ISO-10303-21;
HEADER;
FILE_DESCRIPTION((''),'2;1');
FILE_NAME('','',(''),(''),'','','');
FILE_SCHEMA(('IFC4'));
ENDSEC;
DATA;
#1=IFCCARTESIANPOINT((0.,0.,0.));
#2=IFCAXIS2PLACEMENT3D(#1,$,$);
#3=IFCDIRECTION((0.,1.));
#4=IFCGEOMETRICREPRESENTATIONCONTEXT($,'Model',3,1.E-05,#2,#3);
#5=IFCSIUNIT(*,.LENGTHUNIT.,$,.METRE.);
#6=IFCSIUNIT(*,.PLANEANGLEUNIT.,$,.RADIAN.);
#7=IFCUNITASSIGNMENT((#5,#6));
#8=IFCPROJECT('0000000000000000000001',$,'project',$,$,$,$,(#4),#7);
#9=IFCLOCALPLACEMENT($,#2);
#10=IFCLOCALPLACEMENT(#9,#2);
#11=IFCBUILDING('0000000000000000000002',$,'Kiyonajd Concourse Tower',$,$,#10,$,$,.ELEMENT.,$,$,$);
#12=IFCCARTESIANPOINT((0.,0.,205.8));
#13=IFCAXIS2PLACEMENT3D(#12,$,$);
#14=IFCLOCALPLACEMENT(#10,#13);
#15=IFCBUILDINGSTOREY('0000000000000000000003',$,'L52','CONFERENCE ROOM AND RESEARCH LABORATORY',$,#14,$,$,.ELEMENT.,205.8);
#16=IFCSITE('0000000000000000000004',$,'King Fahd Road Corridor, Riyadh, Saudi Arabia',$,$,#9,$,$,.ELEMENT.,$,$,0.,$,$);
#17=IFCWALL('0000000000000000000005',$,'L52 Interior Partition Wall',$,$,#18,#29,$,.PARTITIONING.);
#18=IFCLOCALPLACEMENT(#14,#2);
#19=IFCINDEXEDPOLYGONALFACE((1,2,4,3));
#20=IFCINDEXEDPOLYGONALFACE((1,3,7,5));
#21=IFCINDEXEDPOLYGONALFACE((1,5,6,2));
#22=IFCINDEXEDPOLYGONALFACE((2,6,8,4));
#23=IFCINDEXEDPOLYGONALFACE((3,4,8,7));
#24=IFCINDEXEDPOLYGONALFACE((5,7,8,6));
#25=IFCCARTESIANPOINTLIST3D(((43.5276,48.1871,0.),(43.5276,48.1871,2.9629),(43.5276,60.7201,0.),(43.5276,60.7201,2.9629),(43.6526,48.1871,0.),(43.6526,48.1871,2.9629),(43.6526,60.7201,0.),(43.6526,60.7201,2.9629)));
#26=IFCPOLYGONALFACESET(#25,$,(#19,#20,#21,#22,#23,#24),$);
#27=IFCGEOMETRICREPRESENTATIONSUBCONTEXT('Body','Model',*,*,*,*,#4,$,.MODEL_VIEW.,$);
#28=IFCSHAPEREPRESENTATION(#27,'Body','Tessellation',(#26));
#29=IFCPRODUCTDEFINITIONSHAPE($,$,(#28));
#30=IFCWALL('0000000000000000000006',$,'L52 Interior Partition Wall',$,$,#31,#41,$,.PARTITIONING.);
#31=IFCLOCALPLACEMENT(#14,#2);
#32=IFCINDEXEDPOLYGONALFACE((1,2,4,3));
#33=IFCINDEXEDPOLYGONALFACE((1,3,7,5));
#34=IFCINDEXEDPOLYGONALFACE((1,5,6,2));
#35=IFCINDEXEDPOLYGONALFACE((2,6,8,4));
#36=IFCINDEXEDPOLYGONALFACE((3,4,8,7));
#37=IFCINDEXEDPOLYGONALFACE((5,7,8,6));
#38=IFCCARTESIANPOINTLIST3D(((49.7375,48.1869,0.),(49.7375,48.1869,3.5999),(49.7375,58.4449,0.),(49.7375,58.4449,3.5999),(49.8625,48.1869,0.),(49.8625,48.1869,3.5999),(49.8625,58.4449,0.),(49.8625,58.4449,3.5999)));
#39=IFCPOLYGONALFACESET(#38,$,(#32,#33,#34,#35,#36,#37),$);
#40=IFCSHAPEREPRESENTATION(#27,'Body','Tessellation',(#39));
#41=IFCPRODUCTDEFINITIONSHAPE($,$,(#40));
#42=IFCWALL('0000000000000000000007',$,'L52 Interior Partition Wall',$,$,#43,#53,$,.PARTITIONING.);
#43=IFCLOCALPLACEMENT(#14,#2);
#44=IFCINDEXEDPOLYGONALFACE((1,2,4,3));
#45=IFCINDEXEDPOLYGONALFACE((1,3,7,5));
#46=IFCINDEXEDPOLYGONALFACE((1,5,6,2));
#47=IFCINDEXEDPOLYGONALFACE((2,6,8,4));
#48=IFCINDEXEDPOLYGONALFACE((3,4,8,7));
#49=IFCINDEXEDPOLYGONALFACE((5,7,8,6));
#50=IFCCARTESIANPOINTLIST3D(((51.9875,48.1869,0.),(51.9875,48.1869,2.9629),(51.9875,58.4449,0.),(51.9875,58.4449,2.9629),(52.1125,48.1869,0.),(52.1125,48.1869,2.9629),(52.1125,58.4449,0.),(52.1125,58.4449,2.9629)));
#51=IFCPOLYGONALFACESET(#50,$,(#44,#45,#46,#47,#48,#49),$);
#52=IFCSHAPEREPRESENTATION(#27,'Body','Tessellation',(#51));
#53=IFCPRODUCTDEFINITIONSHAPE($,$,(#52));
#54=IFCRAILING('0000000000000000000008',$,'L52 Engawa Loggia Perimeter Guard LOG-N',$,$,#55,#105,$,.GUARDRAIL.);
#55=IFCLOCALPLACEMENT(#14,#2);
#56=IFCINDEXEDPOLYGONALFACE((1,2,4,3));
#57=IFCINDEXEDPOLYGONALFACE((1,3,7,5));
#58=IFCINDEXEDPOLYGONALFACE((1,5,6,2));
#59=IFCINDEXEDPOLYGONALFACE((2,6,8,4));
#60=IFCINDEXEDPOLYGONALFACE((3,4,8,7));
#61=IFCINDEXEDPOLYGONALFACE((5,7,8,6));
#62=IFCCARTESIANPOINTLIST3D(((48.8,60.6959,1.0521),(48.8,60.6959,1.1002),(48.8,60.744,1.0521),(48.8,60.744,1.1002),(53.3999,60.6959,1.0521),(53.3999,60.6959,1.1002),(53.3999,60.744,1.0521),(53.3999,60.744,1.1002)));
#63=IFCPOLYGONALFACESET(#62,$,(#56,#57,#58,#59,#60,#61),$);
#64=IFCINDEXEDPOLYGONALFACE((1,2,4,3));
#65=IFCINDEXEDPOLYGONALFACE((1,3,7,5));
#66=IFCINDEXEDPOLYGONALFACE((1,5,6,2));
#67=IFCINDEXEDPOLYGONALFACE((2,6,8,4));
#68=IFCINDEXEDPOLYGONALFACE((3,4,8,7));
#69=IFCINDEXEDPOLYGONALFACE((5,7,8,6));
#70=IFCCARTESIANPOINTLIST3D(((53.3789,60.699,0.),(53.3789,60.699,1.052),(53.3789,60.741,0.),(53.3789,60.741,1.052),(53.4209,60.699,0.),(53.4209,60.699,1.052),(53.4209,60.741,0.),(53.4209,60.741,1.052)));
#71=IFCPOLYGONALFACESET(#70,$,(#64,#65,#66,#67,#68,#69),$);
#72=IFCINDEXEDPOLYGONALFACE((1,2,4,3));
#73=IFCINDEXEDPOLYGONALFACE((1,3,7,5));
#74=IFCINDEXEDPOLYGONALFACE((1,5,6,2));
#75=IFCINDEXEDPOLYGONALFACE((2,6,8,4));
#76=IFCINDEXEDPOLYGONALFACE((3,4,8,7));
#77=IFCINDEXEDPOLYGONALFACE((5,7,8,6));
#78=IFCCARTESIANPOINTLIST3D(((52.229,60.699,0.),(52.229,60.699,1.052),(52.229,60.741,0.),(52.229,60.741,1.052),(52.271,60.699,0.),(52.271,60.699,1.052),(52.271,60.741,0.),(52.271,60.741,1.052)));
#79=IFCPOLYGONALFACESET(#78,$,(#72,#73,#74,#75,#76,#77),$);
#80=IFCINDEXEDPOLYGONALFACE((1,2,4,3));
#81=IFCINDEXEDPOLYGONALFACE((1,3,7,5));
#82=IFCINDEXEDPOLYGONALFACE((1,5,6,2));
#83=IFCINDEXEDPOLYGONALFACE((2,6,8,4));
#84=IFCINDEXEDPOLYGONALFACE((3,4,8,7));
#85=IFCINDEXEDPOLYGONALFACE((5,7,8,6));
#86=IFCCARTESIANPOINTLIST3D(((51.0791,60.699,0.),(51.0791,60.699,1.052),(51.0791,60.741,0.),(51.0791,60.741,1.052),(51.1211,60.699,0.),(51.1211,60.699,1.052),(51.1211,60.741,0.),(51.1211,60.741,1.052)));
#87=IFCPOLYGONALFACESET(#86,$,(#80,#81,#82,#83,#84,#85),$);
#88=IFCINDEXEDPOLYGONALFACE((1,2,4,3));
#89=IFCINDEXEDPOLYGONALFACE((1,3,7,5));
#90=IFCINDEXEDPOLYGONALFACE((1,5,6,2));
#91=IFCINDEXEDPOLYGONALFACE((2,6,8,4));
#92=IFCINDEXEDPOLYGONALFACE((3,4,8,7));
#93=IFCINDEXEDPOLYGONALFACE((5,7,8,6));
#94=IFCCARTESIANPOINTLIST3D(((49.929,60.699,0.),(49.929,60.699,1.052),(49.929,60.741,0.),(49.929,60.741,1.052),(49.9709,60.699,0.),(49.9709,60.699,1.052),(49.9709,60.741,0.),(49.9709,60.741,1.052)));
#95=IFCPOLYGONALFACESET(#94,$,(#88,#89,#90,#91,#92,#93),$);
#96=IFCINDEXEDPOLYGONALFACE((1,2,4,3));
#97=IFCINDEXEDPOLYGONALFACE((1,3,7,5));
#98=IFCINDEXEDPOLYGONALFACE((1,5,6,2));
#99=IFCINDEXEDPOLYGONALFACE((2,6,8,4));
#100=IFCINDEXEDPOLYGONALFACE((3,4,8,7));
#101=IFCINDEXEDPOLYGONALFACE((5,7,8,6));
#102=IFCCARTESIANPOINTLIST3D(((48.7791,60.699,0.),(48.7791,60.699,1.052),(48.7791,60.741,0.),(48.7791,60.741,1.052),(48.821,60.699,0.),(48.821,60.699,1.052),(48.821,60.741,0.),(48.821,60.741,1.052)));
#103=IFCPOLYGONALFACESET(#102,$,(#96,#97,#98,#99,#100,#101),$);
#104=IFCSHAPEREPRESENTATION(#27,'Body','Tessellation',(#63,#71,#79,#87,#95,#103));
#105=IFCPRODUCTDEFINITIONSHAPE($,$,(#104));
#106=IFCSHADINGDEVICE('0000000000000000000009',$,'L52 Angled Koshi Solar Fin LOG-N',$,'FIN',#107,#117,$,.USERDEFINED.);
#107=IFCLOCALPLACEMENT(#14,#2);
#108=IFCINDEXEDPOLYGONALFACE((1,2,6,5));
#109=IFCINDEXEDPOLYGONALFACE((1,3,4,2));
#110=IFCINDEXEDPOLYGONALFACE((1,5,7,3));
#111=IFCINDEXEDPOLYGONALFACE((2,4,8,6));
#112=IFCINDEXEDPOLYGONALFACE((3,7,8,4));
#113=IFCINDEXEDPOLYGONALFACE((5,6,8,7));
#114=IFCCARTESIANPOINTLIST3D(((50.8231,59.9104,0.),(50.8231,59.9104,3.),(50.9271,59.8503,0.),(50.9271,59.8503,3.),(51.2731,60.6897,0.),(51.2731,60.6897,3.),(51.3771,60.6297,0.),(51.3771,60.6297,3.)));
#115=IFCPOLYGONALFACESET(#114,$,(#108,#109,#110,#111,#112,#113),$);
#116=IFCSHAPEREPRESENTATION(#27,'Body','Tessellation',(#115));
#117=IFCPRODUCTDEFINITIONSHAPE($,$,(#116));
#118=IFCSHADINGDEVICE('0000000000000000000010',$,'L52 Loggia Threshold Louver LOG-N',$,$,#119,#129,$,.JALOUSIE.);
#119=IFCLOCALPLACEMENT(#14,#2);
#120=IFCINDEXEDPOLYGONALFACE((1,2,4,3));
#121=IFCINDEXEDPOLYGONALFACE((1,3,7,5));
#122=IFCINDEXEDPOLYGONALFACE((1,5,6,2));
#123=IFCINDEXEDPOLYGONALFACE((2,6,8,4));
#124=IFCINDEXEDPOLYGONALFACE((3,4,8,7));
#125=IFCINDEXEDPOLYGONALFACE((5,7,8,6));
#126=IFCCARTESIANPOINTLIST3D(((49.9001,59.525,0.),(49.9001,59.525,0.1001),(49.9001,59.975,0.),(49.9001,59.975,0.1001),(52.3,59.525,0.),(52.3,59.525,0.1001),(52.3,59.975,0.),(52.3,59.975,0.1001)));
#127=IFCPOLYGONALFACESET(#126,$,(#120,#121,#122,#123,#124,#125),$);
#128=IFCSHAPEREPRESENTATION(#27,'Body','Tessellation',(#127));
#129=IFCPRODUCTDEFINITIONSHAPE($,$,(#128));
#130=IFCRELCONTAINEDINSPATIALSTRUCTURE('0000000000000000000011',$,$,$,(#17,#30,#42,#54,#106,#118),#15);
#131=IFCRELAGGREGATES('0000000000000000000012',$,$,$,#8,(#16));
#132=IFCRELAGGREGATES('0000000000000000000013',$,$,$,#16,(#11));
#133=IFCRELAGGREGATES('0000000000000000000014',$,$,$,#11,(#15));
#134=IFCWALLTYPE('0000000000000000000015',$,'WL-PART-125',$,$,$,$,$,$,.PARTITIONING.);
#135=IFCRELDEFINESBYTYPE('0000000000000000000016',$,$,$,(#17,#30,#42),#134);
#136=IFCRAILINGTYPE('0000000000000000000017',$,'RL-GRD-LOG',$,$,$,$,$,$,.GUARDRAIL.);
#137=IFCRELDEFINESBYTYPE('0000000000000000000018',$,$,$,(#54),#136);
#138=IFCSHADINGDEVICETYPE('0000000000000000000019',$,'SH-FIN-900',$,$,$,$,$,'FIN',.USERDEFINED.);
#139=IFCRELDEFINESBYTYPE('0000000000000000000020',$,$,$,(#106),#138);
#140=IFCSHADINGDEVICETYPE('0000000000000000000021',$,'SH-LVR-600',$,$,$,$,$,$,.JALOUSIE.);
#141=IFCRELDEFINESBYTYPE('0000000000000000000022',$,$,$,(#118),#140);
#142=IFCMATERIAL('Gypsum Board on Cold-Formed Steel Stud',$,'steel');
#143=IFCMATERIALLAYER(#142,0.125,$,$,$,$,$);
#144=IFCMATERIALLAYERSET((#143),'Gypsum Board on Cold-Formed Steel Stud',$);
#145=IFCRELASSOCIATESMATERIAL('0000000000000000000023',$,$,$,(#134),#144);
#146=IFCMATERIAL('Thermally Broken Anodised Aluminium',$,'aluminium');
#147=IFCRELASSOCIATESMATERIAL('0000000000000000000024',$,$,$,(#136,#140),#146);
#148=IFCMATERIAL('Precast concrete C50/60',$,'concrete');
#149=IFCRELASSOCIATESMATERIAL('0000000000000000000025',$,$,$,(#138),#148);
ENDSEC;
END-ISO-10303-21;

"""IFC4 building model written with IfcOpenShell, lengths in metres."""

from ifc_helpers import new_model, si_unit, direction, frame, frame_2d, origin, origin_2d, place, context, subcontext, project, spatial, rectangle, extrude, material, layer, layer_set, type_object, element, save


model = new_model("IFC4")

# Units and contexts
model_context = context("Model", 3, precision=1e-05, world=origin(), true_north=direction((0.0, 1.0)))
body_context = subcontext(model_context, "Body", "Model", "MODEL_VIEW")
ifc_project = project(units=[si_unit("LENGTHUNIT", "METRE"), si_unit("PLANEANGLEUNIT", "RADIAN")], contexts=[model_context])

# Site, building, storey
site_placement = place(None, origin())
site = spatial("IfcSite", under=ifc_project, at=site_placement, Name="King Fahd Road Corridor, Riyadh, Saudi Arabia", CompositionType="ELEMENT", RefElevation=0.0)
building_placement = place(site_placement, origin())
building = spatial("IfcBuilding", under=site, at=building_placement, Name="Kiyonajd Concourse Tower", CompositionType="ELEMENT")
storey_placement = place(building_placement, frame((0.0, 0.0, 205.8)))
storey = spatial("IfcBuildingStorey", under=building, at=storey_placement, Name="L52", Description="CONFERENCE ROOM AND RESEARCH LABORATORY", CompositionType="ELEMENT", Elevation=205.8)

# Shared definitions
ifc_material_1 = material(Name="Thermally Broken Anodised Aluminium", Category="aluminium")

# Shared definitions
ifc_material_2 = material(Name="Precast concrete C50/60", Category="concrete")

# Walls
ifc_material_3 = material(Name="Gypsum Board on Cold-Formed Steel Stud", Category="steel")
ifc_layer_1 = layer(ifc_material_3, 0.125)
ifc_layer_set_1 = layer_set([ifc_layer_1], Name="Gypsum Board on Cold-Formed Steel Stud")
wall_type_1 = type_object("IfcWallType", Name="WL-PART-125", PredefinedType="PARTITIONING", material=ifc_layer_set_1)
wall_1_placement = place(storey_placement, frame((43.5901, 48.187, 0.0), z_axis=(0.0, 0.0, 1.0), x_axis=(0.0, 1.0, 0.0)))
element("IfcWall", 1, at=wall_1_placement, inside=storey, type_object=wall_type_1, Name="L52 Interior Partition Wall", PredefinedType="PARTITIONING", context=body_context, shape_type="SweptSolid", body=[
    extrude(rectangle(XDim=12.533, YDim=0.125, at=frame_2d((6.2666, 0.0))), origin(), (0.0, 0.0, 1.0), 2.9629),
])
wall_2_placement = place(storey_placement, frame((49.8, 48.187, 0.0), z_axis=(0.0, 0.0, 1.0), x_axis=(0.0, 1.0, 0.0)))
element("IfcWall", 2, at=wall_2_placement, inside=storey, type_object=wall_type_1, Name="L52 Interior Partition Wall", PredefinedType="PARTITIONING", context=body_context, shape_type="SweptSolid", body=[
    extrude(rectangle(XDim=10.2581, YDim=0.125, at=frame_2d((5.1289, 0.0))), origin(), (0.0, 0.0, 1.0), 3.5999),
])
wall_3_placement = place(storey_placement, frame((52.05, 48.187, 0.0), z_axis=(0.0, 0.0, 1.0), x_axis=(0.0, 1.0, 0.0)))
element("IfcWall", 3, at=wall_3_placement, inside=storey, type_object=wall_type_1, Name="L52 Interior Partition Wall", PredefinedType="PARTITIONING", context=body_context, shape_type="SweptSolid", body=[
    extrude(rectangle(XDim=10.2581, YDim=0.125, at=frame_2d((5.1289, 0.0))), origin(), (0.0, 0.0, 1.0), 2.9629),
])

# Railing
railing_type = type_object("IfcRailingType", Name="RL-GRD-LOG", PredefinedType="GUARDRAIL", material=ifc_material_1)
railing_placement = place(storey_placement, frame((53.3999, 60.72, 0.0)))
element("IfcRailing", 4, at=railing_placement, inside=storey, type_object=railing_type, Name="L52 Engawa Loggia Perimeter Guard LOG-N", PredefinedType="GUARDRAIL", context=body_context, shape_type="SweptSolid", body=[
    extrude(rectangle(XDim=0.0481, YDim=0.0481, at=origin_2d()), frame((0.0, 0.0, 1.0762), z_axis=(-1.0, 0.0, 0.0), x_axis=(0.0, -1.0, 0.0)), (0.0, 0.0, 1.0), 4.5999),
    extrude(rectangle(XDim=0.042, YDim=0.042, at=origin_2d()), origin(), (0.0, 0.0, 1.0), 1.052),
    extrude(rectangle(XDim=0.042, YDim=0.042, at=origin_2d()), frame((-1.1499, 0.0, 0.0)), (0.0, 0.0, 1.0), 1.052),
    extrude(rectangle(XDim=0.042, YDim=0.042, at=origin_2d()), frame((-2.2998, 0.0, 0.0)), (0.0, 0.0, 1.0), 1.052),
    extrude(rectangle(XDim=0.042, YDim=0.042, at=origin_2d()), frame((-3.45, 0.0, 0.0)), (0.0, 0.0, 1.0), 1.052),
    extrude(rectangle(XDim=0.042, YDim=0.042, at=origin_2d()), frame((-4.5999, 0.0, 0.0)), (0.0, 0.0, 1.0), 1.052),
])

# Shading devices
shading_device_type_1 = type_object("IfcShadingDeviceType", Name="SH-FIN-900", ElementType="FIN", PredefinedType="USERDEFINED", material=ifc_material_2)
shading_device_1_placement = place(storey_placement, frame((51.1001, 60.27, 0.0), z_axis=(0.0, 0.0, 1.0), x_axis=(0.5, 0.866025, 0.0)))
element("IfcShadingDevice", 5, at=shading_device_1_placement, inside=storey, type_object=shading_device_type_1, Name="L52 Angled Koshi Solar Fin LOG-N", ObjectType="FIN", PredefinedType="USERDEFINED", context=body_context, shape_type="SweptSolid", body=[
    extrude(rectangle(XDim=0.8999, YDim=0.1201, at=origin_2d()), origin(), (0.0, 0.0, 1.0), 3.0),
])
shading_device_type_2 = type_object("IfcShadingDeviceType", Name="SH-LVR-600", PredefinedType="JALOUSIE", material=ifc_material_1)
shading_device_2_placement = place(storey_placement, frame((51.1001, 59.75, 0.0), z_axis=(0.0, 0.0, 1.0), x_axis=(1.0, 0.0, 0.0)))
element("IfcShadingDevice", 6, at=shading_device_2_placement, inside=storey, type_object=shading_device_type_2, Name="L52 Loggia Threshold Louver LOG-N", PredefinedType="JALOUSIE", context=body_context, shape_type="SweptSolid", body=[
    extrude(rectangle(XDim=2.3999, YDim=0.45, at=origin_2d()), origin(), (0.0, 0.0, 1.0), 0.1001),
])

save(model, "model.ifc")
